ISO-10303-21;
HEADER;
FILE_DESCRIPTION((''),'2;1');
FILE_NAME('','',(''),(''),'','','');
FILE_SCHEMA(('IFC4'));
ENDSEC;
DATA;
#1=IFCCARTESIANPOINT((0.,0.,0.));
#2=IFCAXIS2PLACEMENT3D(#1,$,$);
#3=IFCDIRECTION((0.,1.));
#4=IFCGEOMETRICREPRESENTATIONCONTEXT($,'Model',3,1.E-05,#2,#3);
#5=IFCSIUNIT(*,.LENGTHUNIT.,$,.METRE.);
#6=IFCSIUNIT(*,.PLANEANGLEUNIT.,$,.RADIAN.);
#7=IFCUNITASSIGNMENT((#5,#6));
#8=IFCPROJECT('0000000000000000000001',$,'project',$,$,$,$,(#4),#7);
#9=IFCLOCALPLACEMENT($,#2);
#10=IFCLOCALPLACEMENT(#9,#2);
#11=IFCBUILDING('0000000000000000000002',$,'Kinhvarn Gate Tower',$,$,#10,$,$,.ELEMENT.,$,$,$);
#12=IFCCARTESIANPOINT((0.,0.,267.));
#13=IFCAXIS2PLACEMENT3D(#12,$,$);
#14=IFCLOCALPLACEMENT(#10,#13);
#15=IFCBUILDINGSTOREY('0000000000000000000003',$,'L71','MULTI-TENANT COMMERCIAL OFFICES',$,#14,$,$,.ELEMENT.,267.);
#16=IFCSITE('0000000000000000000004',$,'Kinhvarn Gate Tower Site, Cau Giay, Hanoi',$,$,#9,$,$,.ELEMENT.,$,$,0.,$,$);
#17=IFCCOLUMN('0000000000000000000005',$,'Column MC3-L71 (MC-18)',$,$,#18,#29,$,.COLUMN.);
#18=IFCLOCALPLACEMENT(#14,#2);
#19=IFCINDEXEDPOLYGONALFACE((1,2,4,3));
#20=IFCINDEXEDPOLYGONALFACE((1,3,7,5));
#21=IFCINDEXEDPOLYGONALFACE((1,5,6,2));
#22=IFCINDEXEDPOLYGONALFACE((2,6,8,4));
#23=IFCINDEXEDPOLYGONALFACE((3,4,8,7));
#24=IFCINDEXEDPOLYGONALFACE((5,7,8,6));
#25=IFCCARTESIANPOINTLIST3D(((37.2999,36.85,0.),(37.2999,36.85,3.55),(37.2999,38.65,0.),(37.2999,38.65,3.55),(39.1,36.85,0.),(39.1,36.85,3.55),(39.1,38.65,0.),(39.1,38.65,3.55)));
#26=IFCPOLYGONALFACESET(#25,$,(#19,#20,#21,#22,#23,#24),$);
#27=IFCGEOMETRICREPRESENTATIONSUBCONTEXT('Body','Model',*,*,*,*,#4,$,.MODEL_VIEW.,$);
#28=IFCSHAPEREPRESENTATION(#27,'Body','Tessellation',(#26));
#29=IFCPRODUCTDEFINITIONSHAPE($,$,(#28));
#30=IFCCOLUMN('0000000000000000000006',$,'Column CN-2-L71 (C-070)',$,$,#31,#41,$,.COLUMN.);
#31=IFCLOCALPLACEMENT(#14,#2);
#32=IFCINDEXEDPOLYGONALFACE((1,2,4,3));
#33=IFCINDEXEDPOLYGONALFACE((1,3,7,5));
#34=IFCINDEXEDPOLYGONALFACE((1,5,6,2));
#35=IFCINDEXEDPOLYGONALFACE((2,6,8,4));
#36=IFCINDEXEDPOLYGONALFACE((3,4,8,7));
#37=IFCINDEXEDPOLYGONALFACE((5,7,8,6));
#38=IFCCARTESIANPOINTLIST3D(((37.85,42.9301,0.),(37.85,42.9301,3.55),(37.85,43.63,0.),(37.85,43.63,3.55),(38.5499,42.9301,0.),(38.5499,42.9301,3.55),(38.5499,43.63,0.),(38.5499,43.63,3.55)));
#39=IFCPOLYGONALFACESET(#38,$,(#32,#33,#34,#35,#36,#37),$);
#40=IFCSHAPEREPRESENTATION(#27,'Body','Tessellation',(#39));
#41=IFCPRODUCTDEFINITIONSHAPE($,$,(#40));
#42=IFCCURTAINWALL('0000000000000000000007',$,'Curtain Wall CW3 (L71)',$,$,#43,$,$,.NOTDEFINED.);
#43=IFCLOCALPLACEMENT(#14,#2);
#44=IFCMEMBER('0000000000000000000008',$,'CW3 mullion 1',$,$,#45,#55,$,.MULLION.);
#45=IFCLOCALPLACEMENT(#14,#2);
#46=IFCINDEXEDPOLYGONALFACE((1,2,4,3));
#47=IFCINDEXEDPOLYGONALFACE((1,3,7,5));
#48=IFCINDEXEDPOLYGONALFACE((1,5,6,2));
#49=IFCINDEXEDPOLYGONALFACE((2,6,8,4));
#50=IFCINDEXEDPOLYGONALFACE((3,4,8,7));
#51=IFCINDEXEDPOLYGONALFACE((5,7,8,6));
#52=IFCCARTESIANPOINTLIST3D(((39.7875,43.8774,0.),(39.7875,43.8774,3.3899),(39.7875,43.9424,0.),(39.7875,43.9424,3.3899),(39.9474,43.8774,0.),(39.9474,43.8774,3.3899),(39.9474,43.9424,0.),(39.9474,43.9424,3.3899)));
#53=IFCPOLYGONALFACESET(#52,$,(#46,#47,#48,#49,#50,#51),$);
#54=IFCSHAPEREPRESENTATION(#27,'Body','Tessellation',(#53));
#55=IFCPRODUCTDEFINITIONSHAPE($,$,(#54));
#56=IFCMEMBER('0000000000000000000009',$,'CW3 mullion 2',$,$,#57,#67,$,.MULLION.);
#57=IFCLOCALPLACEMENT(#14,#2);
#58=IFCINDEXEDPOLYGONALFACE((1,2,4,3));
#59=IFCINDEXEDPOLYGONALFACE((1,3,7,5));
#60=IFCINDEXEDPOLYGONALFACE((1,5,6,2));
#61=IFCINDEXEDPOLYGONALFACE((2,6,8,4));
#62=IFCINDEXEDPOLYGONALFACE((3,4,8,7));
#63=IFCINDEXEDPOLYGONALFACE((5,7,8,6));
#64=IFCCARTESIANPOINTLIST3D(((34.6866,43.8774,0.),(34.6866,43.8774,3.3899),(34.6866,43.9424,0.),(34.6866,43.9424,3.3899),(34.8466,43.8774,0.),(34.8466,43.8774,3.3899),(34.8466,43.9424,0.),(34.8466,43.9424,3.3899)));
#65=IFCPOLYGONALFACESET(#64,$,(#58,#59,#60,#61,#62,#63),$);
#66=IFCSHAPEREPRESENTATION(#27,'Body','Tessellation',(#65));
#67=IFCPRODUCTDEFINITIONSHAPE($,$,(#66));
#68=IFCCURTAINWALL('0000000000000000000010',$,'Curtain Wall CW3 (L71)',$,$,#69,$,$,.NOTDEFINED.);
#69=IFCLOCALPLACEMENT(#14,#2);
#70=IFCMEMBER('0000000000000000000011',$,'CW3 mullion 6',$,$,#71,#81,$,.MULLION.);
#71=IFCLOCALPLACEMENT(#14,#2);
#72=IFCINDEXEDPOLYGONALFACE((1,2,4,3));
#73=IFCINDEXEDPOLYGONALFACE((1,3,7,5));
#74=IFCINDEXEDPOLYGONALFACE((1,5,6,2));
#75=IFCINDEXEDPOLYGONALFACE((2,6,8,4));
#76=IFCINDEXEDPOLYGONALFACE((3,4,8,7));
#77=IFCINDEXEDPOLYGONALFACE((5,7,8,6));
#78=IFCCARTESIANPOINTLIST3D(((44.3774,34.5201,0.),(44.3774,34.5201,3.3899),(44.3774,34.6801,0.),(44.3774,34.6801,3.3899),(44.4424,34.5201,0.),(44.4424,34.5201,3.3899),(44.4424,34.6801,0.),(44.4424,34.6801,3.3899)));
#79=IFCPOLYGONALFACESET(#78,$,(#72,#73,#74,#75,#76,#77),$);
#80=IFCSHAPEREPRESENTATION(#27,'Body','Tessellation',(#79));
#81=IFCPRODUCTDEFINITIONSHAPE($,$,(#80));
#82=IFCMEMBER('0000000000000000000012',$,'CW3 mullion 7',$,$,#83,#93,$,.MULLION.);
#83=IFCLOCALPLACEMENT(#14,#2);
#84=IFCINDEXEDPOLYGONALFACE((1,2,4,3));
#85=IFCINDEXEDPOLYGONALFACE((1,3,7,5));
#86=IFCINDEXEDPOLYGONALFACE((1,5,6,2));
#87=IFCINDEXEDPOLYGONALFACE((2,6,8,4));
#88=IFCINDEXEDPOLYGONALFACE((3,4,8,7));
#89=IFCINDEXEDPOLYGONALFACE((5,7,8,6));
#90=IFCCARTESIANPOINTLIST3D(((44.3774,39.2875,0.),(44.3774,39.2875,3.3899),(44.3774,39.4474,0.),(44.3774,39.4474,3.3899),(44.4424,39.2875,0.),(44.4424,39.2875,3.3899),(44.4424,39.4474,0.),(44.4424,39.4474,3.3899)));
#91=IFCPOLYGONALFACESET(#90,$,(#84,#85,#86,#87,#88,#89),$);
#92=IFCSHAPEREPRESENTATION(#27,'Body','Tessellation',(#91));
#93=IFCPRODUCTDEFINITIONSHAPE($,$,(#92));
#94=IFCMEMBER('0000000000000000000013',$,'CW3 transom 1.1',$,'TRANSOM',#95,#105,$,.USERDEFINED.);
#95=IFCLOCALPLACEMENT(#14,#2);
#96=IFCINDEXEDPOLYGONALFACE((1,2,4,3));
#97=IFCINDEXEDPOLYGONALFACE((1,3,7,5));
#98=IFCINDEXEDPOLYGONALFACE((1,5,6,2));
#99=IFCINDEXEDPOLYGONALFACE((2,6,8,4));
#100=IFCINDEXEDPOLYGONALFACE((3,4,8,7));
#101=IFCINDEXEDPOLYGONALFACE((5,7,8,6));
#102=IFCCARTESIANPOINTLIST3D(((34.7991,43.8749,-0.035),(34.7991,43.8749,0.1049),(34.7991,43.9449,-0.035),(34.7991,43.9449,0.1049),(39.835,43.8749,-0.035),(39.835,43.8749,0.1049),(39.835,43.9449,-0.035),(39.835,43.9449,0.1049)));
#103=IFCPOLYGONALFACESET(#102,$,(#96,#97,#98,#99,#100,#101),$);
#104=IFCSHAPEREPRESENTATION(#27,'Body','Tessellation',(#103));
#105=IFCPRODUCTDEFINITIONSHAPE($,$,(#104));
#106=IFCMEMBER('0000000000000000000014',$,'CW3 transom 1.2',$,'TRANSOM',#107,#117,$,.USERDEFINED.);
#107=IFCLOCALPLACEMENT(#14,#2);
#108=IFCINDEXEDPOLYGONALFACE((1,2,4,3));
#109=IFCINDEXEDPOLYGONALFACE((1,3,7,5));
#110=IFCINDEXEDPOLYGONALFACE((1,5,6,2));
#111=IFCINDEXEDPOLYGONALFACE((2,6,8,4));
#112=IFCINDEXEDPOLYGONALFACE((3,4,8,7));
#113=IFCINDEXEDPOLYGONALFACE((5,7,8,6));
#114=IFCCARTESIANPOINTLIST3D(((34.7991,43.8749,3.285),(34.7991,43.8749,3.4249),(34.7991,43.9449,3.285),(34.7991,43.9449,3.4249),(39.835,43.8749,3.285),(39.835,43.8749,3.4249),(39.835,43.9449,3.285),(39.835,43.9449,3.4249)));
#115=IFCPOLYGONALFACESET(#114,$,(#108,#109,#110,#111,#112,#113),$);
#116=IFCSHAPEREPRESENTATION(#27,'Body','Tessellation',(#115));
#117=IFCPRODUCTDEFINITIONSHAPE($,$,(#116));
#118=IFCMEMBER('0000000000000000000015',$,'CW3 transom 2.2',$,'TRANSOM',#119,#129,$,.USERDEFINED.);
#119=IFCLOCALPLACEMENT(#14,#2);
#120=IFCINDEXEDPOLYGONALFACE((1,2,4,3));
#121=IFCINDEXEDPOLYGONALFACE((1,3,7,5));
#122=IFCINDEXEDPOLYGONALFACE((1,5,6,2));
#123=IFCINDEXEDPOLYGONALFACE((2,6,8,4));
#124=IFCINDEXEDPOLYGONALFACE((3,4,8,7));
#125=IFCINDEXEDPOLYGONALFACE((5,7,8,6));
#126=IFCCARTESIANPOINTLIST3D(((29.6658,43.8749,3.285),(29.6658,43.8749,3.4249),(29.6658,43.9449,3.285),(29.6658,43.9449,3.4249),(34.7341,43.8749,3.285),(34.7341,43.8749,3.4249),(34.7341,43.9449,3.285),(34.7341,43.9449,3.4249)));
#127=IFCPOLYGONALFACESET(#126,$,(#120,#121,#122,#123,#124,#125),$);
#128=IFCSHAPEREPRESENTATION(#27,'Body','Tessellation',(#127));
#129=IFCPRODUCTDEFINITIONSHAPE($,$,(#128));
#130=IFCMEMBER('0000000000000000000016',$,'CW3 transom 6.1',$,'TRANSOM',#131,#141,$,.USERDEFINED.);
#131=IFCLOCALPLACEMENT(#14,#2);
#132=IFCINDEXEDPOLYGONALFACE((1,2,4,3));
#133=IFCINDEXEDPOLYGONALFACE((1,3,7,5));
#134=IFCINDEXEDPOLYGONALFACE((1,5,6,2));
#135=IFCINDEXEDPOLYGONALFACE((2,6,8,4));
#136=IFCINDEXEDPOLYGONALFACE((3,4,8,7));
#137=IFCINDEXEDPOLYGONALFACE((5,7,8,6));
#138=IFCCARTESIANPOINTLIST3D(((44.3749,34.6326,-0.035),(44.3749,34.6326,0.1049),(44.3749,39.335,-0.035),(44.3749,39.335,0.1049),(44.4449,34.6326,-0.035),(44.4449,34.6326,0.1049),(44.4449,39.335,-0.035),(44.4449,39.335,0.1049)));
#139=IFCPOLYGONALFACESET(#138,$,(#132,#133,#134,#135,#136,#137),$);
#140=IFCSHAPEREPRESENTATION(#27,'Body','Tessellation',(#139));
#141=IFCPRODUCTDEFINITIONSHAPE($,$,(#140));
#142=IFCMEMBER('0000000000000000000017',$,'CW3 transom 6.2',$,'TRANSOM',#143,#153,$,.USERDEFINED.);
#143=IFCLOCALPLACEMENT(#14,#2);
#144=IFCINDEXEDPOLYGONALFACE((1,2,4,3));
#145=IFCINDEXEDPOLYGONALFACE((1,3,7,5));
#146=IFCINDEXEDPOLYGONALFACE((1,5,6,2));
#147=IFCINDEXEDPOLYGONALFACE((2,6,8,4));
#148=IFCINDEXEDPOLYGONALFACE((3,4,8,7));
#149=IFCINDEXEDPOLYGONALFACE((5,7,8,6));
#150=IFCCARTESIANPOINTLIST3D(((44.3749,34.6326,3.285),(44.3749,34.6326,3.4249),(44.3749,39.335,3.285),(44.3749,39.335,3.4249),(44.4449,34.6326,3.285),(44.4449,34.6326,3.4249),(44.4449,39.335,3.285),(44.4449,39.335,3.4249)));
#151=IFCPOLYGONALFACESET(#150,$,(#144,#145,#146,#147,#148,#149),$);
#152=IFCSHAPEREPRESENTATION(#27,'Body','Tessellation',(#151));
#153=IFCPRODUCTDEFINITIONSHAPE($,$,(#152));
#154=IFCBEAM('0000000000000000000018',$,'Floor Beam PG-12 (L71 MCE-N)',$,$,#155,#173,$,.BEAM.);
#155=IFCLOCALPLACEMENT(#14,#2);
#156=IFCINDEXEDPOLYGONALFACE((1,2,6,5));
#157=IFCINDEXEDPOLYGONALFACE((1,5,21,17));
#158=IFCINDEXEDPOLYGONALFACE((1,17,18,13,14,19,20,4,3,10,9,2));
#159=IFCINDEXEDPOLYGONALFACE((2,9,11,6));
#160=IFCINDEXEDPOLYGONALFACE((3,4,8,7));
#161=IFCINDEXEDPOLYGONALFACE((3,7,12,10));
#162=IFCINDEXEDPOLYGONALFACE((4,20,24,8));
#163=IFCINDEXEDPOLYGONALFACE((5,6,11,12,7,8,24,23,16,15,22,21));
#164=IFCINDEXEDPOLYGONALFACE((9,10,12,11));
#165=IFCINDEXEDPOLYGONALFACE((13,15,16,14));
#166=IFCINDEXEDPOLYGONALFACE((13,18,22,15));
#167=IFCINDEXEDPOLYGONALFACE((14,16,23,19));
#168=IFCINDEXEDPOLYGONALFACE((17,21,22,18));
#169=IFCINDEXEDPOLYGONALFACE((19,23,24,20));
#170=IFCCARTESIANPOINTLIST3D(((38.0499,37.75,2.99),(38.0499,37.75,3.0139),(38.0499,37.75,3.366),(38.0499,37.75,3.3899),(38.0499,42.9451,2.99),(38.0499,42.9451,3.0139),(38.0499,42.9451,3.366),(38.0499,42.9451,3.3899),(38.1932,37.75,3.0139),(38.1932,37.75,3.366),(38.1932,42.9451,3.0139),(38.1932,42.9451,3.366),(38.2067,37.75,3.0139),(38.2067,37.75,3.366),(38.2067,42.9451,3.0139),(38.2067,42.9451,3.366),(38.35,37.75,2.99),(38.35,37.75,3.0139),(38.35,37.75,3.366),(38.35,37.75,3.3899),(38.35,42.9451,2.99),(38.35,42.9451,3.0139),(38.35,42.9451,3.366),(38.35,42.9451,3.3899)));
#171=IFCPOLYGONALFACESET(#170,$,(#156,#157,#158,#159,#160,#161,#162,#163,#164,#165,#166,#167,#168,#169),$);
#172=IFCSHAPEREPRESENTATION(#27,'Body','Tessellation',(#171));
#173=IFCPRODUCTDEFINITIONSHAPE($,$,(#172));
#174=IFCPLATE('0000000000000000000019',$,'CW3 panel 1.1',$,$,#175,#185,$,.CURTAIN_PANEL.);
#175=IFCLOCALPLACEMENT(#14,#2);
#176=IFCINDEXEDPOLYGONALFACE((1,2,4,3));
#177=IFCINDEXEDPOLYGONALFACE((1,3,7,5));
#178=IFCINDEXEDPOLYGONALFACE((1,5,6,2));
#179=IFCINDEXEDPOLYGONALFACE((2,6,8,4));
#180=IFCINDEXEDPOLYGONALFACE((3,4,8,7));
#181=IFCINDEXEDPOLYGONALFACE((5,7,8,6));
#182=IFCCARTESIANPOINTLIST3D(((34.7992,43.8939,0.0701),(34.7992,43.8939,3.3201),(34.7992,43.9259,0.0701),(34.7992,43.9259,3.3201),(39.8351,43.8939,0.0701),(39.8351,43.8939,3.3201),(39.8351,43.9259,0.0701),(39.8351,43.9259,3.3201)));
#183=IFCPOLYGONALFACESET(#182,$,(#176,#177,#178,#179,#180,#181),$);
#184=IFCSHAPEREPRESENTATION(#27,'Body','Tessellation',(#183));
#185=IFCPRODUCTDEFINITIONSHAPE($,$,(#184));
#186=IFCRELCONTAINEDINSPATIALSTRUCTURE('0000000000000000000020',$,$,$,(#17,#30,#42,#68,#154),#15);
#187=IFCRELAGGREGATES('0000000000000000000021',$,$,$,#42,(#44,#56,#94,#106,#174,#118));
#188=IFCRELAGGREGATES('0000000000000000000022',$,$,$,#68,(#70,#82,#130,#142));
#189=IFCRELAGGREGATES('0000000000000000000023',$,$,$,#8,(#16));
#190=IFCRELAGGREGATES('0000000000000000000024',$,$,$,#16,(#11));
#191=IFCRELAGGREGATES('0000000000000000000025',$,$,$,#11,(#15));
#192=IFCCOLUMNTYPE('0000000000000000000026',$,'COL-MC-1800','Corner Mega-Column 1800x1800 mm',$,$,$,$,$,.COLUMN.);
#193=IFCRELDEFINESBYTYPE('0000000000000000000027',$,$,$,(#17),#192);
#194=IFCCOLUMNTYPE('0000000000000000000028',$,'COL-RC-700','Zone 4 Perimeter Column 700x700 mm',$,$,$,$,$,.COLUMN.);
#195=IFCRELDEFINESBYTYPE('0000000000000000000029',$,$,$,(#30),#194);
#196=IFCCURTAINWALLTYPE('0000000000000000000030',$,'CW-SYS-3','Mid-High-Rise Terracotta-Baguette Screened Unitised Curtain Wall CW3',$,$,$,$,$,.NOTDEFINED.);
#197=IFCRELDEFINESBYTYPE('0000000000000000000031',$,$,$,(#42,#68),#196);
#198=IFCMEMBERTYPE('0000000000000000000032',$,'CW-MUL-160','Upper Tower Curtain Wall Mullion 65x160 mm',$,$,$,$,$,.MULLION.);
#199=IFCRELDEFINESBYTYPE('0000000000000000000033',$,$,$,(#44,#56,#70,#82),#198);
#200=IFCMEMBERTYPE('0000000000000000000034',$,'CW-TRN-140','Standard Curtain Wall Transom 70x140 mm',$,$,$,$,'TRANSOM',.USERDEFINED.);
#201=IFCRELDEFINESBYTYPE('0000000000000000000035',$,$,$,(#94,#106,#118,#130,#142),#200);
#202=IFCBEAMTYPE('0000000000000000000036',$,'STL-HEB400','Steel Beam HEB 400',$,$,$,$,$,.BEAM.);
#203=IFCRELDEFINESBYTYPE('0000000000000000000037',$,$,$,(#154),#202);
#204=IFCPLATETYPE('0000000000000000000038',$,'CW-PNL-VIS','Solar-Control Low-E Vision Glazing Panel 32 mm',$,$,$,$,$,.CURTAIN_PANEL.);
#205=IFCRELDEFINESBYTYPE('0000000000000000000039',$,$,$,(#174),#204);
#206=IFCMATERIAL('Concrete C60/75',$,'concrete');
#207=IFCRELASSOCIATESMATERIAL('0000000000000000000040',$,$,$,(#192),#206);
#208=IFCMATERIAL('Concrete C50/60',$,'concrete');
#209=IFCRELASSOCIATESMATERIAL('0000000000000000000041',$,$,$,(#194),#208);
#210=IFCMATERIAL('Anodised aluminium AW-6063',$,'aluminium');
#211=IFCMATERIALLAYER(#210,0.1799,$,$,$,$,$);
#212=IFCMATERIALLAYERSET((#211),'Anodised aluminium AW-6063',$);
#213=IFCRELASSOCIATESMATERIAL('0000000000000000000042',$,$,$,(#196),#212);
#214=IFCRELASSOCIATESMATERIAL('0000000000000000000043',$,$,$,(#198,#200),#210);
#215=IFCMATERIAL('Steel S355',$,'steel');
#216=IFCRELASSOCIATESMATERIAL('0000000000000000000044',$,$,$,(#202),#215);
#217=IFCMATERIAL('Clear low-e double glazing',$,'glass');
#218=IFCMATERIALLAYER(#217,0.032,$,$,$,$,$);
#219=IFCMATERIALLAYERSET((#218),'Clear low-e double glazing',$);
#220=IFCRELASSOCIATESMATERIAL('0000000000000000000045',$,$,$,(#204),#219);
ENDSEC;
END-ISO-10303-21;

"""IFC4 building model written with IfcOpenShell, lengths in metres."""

from ifc_helpers import new_model, si_unit, direction, frame, origin, origin_2d, place, context, subcontext, project, spatial, rectangle, i_section, extrude, material, layer, layer_set, material_profile, profile_set, type_object, element, aggregate, save


model = new_model("IFC4")

# Units and contexts
model_context = context("Model", 3, precision=1e-05, world=origin(), true_north=direction((0.0, 1.0)))
body_context = subcontext(model_context, "Body", "Model", "MODEL_VIEW")
ifc_project = project(units=[si_unit("LENGTHUNIT", "METRE"), si_unit("PLANEANGLEUNIT", "RADIAN")], contexts=[model_context])

# Site, building, storey
site_placement = place(None, origin())
site = spatial("IfcSite", under=ifc_project, at=site_placement, Name="Kinhvarn Gate Tower Site, Cau Giay, Hanoi", CompositionType="ELEMENT", RefElevation=0.0)
building_placement = place(site_placement, origin())
building = spatial("IfcBuilding", under=site, at=building_placement, Name="Kinhvarn Gate Tower", CompositionType="ELEMENT")
storey_placement = place(building_placement, frame((0.0, 0.0, 267.0)))
storey = spatial("IfcBuildingStorey", under=building, at=storey_placement, Name="L71", Description="MULTI-TENANT COMMERCIAL OFFICES", CompositionType="ELEMENT", Elevation=267.0)

# Columns
ifc_material_1 = material(Name="Concrete C60/75", Category="concrete")
ifc_material_profile_1 = material_profile(ifc_material_1, rectangle(XDim=1.8, YDim=1.8, at=origin_2d()), Name="RC 1800x1800")
ifc_profile_set_1 = profile_set([ifc_material_profile_1], Name="Concrete C60/75")
column_type_1 = type_object("IfcColumnType", Name="COL-MC-1800", Description="Corner Mega-Column 1800x1800 mm", PredefinedType="COLUMN", material=ifc_profile_set_1)
column_1_placement = place(storey_placement, frame((38.2, 37.75, 0.0), z_axis=(0.0, 0.0, 1.0), x_axis=(1.0, 0.0, 0.0)))
element("IfcColumn", 1, at=column_1_placement, inside=storey, type_object=column_type_1, Name="Column MC3-L71 (MC-18)", PredefinedType="COLUMN", context=body_context, shape_type="SweptSolid", body=[
    extrude(rectangle(XDim=1.8, YDim=1.8, at=origin_2d()), origin(), (0.0, 0.0, 1.0), 3.55),
])
ifc_material_2 = material(Name="Concrete C50/60", Category="concrete")
ifc_material_profile_2 = material_profile(ifc_material_2, rectangle(XDim=0.7, YDim=0.7, at=origin_2d()), Name="RC 700x700")
ifc_profile_set_2 = profile_set([ifc_material_profile_2], Name="Concrete C50/60")
column_type_2 = type_object("IfcColumnType", Name="COL-RC-700", Description="Zone 4 Perimeter Column 700x700 mm", PredefinedType="COLUMN", material=ifc_profile_set_2)
column_2_placement = place(storey_placement, frame((38.2, 43.28, 0.0), z_axis=(0.0, 0.0, 1.0), x_axis=(1.0, 0.0, 0.0)))
element("IfcColumn", 2, at=column_2_placement, inside=storey, type_object=column_type_2, Name="Column CN-2-L71 (C-070)", PredefinedType="COLUMN", context=body_context, shape_type="SweptSolid", body=[
    extrude(rectangle(XDim=0.7, YDim=0.7, at=origin_2d()), origin(), (0.0, 0.0, 1.0), 3.55),
])

# Curtain walls, members
ifc_material_3 = material(Name="Anodised aluminium AW-6063", Category="aluminium")
ifc_layer_1 = layer(ifc_material_3, 0.1799)
ifc_layer_set_1 = layer_set([ifc_layer_1], Name="Anodised aluminium AW-6063")
curtain_wall_type = type_object("IfcCurtainWallType", Name="CW-SYS-3", Description="Mid-High-Rise Terracotta-Baguette Screened Unitised Curtain Wall CW3", PredefinedType="NOTDEFINED", material=ifc_layer_set_1)
curtain_wall_1_placement = place(storey_placement, origin())
curtain_wall_1 = element("IfcCurtainWall", 3, at=curtain_wall_1_placement, inside=storey, type_object=curtain_wall_type, Name="Curtain Wall CW3 (L71)", PredefinedType="NOTDEFINED")
ifc_material_profile_3 = material_profile(ifc_material_3, rectangle(XDim=0.0649, YDim=0.1599, at=origin_2d()), Name="ALU 65x160")
ifc_profile_set_3 = profile_set([ifc_material_profile_3], Name="Anodised aluminium AW-6063")
member_type_1 = type_object("IfcMemberType", Name="CW-MUL-160", Description="Upper Tower Curtain Wall Mullion 65x160 mm", PredefinedType="MULLION", material=ifc_profile_set_3)
member_1_placement = place(storey_placement, frame((39.8674, 43.9099, 0.0), z_axis=(0.0, 0.0, 1.0), x_axis=(0.0, -1.0, 0.0)))
member_1 = element("IfcMember", 4, at=member_1_placement, type_object=member_type_1, Name="CW3 mullion 1", PredefinedType="MULLION", context=body_context, shape_type="SweptSolid", body=[
    extrude(rectangle(XDim=0.0649, YDim=0.1599, at=origin_2d()), origin(), (0.0, 0.0, 1.0), 3.3899),
])
member_2_placement = place(storey_placement, frame((34.7666, 43.9099, 0.0), z_axis=(0.0, 0.0, 1.0), x_axis=(0.0, -1.0, 0.0)))
member_2 = element("IfcMember", 5, at=member_2_placement, type_object=member_type_1, Name="CW3 mullion 2", PredefinedType="MULLION", context=body_context, shape_type="SweptSolid", body=[
    extrude(rectangle(XDim=0.0649, YDim=0.1599, at=origin_2d()), origin(), (0.0, 0.0, 1.0), 3.3899),
])
curtain_wall_2_placement = place(storey_placement, origin())
curtain_wall_2 = element("IfcCurtainWall", 6, at=curtain_wall_2_placement, inside=storey, type_object=curtain_wall_type, Name="Curtain Wall CW3 (L71)", PredefinedType="NOTDEFINED")
member_3_placement = place(storey_placement, frame((44.4099, 34.6001, 0.0), z_axis=(0.0, 0.0, 1.0), x_axis=(-1.0, 0.0, 0.0)))
member_3 = element("IfcMember", 7, at=member_3_placement, type_object=member_type_1, Name="CW3 mullion 6", PredefinedType="MULLION", context=body_context, shape_type="SweptSolid", body=[
    extrude(rectangle(XDim=0.0649, YDim=0.1599, at=origin_2d()), origin(), (0.0, 0.0, 1.0), 3.3899),
])
member_4_placement = place(storey_placement, frame((44.4099, 39.3674, 0.0), z_axis=(0.0, 0.0, 1.0), x_axis=(-1.0, 0.0, 0.0)))
member_4 = element("IfcMember", 8, at=member_4_placement, type_object=member_type_1, Name="CW3 mullion 7", PredefinedType="MULLION", context=body_context, shape_type="SweptSolid", body=[
    extrude(rectangle(XDim=0.0649, YDim=0.1599, at=origin_2d()), origin(), (0.0, 0.0, 1.0), 3.3899),
])

# Members
ifc_material_profile_4 = material_profile(ifc_material_3, rectangle(XDim=0.0701, YDim=0.1399, at=origin_2d()), Name="ALU 70x140")
ifc_profile_set_4 = profile_set([ifc_material_profile_4], Name="Anodised aluminium AW-6063")
member_type_2 = type_object("IfcMemberType", Name="CW-TRN-140", Description="Standard Curtain Wall Transom 70x140 mm", ElementType="TRANSOM", PredefinedType="USERDEFINED", material=ifc_profile_set_4)
member_5_placement = place(storey_placement, frame((39.835, 43.9099, 0.0349), z_axis=(-1.0, 0.0, 0.0), x_axis=(0.0, -1.0, 0.0)))
member_5 = element("IfcMember", 9, at=member_5_placement, type_object=member_type_2, Name="CW3 transom 1.1", ObjectType="TRANSOM", PredefinedType="USERDEFINED", context=body_context, shape_type="SweptSolid", body=[
    extrude(rectangle(XDim=0.0701, YDim=0.1399, at=origin_2d()), origin(), (0.0, 0.0, 1.0), 5.0359),
])
member_6_placement = place(storey_placement, frame((39.835, 43.9099, 3.355), z_axis=(-1.0, 0.0, 0.0), x_axis=(0.0, -1.0, 0.0)))
member_6 = element("IfcMember", 10, at=member_6_placement, type_object=member_type_2, Name="CW3 transom 1.2", ObjectType="TRANSOM", PredefinedType="USERDEFINED", context=body_context, shape_type="SweptSolid", body=[
    extrude(rectangle(XDim=0.0701, YDim=0.1399, at=origin_2d()), origin(), (0.0, 0.0, 1.0), 5.0359),
])
member_7_placement = place(storey_placement, frame((34.7341, 43.9099, 3.355), z_axis=(-1.0, 0.0, 0.0), x_axis=(0.0, -1.0, 0.0)))
member_7 = element("IfcMember", 11, at=member_7_placement, type_object=member_type_2, Name="CW3 transom 2.2", ObjectType="TRANSOM", PredefinedType="USERDEFINED", context=body_context, shape_type="SweptSolid", body=[
    extrude(rectangle(XDim=0.0701, YDim=0.1399, at=origin_2d()), origin(), (0.0, 0.0, 1.0), 5.0684),
])
member_8_placement = place(storey_placement, frame((44.4099, 34.6326, 0.0349), z_axis=(0.0, 1.0, 0.0), x_axis=(-1.0, 0.0, 0.0)))
member_8 = element("IfcMember", 12, at=member_8_placement, type_object=member_type_2, Name="CW3 transom 6.1", ObjectType="TRANSOM", PredefinedType="USERDEFINED", context=body_context, shape_type="SweptSolid", body=[
    extrude(rectangle(XDim=0.0701, YDim=0.1399, at=origin_2d()), origin(), (0.0, 0.0, 1.0), 4.7024),
])
member_9_placement = place(storey_placement, frame((44.4099, 34.6326, 3.355), z_axis=(0.0, 1.0, 0.0), x_axis=(-1.0, 0.0, 0.0)))
member_9 = element("IfcMember", 13, at=member_9_placement, type_object=member_type_2, Name="CW3 transom 6.2", ObjectType="TRANSOM", PredefinedType="USERDEFINED", context=body_context, shape_type="SweptSolid", body=[
    extrude(rectangle(XDim=0.0701, YDim=0.1399, at=origin_2d()), origin(), (0.0, 0.0, 1.0), 4.7024),
])

# Beam
ifc_material_4 = material(Name="Steel S355", Category="steel")
ifc_material_profile_5 = material_profile(ifc_material_4, i_section(OverallWidth=0.3, OverallDepth=0.3999, WebThickness=0.0134, FlangeThickness=0.0239, at=origin_2d()), Name="HEB 400")
ifc_profile_set_5 = profile_set([ifc_material_profile_5], Name="Steel S355")
beam_type = type_object("IfcBeamType", Name="STL-HEB400", Description="Steel Beam HEB 400", PredefinedType="BEAM", material=ifc_profile_set_5)
beam_placement = place(storey_placement, frame((38.2, 37.75, 3.1899), z_axis=(0.0, 1.0, 0.0), x_axis=(-1.0, 0.0, 0.0)))
element("IfcBeam", 14, at=beam_placement, inside=storey, type_object=beam_type, Name="Floor Beam PG-12 (L71 MCE-N)", PredefinedType="BEAM", context=body_context, shape_type="SweptSolid", body=[
    extrude(i_section(OverallWidth=0.3, OverallDepth=0.3999, WebThickness=0.0134, FlangeThickness=0.0239, at=origin_2d()), origin(), (0.0, 0.0, 1.0), 5.1951),
])

# Plate
ifc_material_5 = material(Name="Clear low-e double glazing", Category="glass")
ifc_layer_2 = layer(ifc_material_5, 0.032)
ifc_layer_set_2 = layer_set([ifc_layer_2], Name="Clear low-e double glazing")
plate_type = type_object("IfcPlateType", Name="CW-PNL-VIS", Description="Solar-Control Low-E Vision Glazing Panel 32 mm", PredefinedType="CURTAIN_PANEL", material=ifc_layer_set_2)
plate_1_placement = place(storey_placement, frame((37.3171, 43.9099, 0.0701), z_axis=(0.0, 0.0, 1.0), x_axis=(-1.0, 0.0, 0.0)))
plate_1 = element("IfcPlate", 15, at=plate_1_placement, type_object=plate_type, Name="CW3 panel 1.1", PredefinedType="CURTAIN_PANEL", context=body_context, shape_type="SweptSolid", body=[
    extrude(rectangle(XDim=5.0359, YDim=0.032, at=origin_2d()), origin(), (0.0, 0.0, 1.0), 3.25),
])
aggregate(curtain_wall_1, [member_1, member_2, member_5, member_6, plate_1, member_7])
aggregate(curtain_wall_2, [member_3, member_4, member_8, member_9])

save(model, "model.ifc")
